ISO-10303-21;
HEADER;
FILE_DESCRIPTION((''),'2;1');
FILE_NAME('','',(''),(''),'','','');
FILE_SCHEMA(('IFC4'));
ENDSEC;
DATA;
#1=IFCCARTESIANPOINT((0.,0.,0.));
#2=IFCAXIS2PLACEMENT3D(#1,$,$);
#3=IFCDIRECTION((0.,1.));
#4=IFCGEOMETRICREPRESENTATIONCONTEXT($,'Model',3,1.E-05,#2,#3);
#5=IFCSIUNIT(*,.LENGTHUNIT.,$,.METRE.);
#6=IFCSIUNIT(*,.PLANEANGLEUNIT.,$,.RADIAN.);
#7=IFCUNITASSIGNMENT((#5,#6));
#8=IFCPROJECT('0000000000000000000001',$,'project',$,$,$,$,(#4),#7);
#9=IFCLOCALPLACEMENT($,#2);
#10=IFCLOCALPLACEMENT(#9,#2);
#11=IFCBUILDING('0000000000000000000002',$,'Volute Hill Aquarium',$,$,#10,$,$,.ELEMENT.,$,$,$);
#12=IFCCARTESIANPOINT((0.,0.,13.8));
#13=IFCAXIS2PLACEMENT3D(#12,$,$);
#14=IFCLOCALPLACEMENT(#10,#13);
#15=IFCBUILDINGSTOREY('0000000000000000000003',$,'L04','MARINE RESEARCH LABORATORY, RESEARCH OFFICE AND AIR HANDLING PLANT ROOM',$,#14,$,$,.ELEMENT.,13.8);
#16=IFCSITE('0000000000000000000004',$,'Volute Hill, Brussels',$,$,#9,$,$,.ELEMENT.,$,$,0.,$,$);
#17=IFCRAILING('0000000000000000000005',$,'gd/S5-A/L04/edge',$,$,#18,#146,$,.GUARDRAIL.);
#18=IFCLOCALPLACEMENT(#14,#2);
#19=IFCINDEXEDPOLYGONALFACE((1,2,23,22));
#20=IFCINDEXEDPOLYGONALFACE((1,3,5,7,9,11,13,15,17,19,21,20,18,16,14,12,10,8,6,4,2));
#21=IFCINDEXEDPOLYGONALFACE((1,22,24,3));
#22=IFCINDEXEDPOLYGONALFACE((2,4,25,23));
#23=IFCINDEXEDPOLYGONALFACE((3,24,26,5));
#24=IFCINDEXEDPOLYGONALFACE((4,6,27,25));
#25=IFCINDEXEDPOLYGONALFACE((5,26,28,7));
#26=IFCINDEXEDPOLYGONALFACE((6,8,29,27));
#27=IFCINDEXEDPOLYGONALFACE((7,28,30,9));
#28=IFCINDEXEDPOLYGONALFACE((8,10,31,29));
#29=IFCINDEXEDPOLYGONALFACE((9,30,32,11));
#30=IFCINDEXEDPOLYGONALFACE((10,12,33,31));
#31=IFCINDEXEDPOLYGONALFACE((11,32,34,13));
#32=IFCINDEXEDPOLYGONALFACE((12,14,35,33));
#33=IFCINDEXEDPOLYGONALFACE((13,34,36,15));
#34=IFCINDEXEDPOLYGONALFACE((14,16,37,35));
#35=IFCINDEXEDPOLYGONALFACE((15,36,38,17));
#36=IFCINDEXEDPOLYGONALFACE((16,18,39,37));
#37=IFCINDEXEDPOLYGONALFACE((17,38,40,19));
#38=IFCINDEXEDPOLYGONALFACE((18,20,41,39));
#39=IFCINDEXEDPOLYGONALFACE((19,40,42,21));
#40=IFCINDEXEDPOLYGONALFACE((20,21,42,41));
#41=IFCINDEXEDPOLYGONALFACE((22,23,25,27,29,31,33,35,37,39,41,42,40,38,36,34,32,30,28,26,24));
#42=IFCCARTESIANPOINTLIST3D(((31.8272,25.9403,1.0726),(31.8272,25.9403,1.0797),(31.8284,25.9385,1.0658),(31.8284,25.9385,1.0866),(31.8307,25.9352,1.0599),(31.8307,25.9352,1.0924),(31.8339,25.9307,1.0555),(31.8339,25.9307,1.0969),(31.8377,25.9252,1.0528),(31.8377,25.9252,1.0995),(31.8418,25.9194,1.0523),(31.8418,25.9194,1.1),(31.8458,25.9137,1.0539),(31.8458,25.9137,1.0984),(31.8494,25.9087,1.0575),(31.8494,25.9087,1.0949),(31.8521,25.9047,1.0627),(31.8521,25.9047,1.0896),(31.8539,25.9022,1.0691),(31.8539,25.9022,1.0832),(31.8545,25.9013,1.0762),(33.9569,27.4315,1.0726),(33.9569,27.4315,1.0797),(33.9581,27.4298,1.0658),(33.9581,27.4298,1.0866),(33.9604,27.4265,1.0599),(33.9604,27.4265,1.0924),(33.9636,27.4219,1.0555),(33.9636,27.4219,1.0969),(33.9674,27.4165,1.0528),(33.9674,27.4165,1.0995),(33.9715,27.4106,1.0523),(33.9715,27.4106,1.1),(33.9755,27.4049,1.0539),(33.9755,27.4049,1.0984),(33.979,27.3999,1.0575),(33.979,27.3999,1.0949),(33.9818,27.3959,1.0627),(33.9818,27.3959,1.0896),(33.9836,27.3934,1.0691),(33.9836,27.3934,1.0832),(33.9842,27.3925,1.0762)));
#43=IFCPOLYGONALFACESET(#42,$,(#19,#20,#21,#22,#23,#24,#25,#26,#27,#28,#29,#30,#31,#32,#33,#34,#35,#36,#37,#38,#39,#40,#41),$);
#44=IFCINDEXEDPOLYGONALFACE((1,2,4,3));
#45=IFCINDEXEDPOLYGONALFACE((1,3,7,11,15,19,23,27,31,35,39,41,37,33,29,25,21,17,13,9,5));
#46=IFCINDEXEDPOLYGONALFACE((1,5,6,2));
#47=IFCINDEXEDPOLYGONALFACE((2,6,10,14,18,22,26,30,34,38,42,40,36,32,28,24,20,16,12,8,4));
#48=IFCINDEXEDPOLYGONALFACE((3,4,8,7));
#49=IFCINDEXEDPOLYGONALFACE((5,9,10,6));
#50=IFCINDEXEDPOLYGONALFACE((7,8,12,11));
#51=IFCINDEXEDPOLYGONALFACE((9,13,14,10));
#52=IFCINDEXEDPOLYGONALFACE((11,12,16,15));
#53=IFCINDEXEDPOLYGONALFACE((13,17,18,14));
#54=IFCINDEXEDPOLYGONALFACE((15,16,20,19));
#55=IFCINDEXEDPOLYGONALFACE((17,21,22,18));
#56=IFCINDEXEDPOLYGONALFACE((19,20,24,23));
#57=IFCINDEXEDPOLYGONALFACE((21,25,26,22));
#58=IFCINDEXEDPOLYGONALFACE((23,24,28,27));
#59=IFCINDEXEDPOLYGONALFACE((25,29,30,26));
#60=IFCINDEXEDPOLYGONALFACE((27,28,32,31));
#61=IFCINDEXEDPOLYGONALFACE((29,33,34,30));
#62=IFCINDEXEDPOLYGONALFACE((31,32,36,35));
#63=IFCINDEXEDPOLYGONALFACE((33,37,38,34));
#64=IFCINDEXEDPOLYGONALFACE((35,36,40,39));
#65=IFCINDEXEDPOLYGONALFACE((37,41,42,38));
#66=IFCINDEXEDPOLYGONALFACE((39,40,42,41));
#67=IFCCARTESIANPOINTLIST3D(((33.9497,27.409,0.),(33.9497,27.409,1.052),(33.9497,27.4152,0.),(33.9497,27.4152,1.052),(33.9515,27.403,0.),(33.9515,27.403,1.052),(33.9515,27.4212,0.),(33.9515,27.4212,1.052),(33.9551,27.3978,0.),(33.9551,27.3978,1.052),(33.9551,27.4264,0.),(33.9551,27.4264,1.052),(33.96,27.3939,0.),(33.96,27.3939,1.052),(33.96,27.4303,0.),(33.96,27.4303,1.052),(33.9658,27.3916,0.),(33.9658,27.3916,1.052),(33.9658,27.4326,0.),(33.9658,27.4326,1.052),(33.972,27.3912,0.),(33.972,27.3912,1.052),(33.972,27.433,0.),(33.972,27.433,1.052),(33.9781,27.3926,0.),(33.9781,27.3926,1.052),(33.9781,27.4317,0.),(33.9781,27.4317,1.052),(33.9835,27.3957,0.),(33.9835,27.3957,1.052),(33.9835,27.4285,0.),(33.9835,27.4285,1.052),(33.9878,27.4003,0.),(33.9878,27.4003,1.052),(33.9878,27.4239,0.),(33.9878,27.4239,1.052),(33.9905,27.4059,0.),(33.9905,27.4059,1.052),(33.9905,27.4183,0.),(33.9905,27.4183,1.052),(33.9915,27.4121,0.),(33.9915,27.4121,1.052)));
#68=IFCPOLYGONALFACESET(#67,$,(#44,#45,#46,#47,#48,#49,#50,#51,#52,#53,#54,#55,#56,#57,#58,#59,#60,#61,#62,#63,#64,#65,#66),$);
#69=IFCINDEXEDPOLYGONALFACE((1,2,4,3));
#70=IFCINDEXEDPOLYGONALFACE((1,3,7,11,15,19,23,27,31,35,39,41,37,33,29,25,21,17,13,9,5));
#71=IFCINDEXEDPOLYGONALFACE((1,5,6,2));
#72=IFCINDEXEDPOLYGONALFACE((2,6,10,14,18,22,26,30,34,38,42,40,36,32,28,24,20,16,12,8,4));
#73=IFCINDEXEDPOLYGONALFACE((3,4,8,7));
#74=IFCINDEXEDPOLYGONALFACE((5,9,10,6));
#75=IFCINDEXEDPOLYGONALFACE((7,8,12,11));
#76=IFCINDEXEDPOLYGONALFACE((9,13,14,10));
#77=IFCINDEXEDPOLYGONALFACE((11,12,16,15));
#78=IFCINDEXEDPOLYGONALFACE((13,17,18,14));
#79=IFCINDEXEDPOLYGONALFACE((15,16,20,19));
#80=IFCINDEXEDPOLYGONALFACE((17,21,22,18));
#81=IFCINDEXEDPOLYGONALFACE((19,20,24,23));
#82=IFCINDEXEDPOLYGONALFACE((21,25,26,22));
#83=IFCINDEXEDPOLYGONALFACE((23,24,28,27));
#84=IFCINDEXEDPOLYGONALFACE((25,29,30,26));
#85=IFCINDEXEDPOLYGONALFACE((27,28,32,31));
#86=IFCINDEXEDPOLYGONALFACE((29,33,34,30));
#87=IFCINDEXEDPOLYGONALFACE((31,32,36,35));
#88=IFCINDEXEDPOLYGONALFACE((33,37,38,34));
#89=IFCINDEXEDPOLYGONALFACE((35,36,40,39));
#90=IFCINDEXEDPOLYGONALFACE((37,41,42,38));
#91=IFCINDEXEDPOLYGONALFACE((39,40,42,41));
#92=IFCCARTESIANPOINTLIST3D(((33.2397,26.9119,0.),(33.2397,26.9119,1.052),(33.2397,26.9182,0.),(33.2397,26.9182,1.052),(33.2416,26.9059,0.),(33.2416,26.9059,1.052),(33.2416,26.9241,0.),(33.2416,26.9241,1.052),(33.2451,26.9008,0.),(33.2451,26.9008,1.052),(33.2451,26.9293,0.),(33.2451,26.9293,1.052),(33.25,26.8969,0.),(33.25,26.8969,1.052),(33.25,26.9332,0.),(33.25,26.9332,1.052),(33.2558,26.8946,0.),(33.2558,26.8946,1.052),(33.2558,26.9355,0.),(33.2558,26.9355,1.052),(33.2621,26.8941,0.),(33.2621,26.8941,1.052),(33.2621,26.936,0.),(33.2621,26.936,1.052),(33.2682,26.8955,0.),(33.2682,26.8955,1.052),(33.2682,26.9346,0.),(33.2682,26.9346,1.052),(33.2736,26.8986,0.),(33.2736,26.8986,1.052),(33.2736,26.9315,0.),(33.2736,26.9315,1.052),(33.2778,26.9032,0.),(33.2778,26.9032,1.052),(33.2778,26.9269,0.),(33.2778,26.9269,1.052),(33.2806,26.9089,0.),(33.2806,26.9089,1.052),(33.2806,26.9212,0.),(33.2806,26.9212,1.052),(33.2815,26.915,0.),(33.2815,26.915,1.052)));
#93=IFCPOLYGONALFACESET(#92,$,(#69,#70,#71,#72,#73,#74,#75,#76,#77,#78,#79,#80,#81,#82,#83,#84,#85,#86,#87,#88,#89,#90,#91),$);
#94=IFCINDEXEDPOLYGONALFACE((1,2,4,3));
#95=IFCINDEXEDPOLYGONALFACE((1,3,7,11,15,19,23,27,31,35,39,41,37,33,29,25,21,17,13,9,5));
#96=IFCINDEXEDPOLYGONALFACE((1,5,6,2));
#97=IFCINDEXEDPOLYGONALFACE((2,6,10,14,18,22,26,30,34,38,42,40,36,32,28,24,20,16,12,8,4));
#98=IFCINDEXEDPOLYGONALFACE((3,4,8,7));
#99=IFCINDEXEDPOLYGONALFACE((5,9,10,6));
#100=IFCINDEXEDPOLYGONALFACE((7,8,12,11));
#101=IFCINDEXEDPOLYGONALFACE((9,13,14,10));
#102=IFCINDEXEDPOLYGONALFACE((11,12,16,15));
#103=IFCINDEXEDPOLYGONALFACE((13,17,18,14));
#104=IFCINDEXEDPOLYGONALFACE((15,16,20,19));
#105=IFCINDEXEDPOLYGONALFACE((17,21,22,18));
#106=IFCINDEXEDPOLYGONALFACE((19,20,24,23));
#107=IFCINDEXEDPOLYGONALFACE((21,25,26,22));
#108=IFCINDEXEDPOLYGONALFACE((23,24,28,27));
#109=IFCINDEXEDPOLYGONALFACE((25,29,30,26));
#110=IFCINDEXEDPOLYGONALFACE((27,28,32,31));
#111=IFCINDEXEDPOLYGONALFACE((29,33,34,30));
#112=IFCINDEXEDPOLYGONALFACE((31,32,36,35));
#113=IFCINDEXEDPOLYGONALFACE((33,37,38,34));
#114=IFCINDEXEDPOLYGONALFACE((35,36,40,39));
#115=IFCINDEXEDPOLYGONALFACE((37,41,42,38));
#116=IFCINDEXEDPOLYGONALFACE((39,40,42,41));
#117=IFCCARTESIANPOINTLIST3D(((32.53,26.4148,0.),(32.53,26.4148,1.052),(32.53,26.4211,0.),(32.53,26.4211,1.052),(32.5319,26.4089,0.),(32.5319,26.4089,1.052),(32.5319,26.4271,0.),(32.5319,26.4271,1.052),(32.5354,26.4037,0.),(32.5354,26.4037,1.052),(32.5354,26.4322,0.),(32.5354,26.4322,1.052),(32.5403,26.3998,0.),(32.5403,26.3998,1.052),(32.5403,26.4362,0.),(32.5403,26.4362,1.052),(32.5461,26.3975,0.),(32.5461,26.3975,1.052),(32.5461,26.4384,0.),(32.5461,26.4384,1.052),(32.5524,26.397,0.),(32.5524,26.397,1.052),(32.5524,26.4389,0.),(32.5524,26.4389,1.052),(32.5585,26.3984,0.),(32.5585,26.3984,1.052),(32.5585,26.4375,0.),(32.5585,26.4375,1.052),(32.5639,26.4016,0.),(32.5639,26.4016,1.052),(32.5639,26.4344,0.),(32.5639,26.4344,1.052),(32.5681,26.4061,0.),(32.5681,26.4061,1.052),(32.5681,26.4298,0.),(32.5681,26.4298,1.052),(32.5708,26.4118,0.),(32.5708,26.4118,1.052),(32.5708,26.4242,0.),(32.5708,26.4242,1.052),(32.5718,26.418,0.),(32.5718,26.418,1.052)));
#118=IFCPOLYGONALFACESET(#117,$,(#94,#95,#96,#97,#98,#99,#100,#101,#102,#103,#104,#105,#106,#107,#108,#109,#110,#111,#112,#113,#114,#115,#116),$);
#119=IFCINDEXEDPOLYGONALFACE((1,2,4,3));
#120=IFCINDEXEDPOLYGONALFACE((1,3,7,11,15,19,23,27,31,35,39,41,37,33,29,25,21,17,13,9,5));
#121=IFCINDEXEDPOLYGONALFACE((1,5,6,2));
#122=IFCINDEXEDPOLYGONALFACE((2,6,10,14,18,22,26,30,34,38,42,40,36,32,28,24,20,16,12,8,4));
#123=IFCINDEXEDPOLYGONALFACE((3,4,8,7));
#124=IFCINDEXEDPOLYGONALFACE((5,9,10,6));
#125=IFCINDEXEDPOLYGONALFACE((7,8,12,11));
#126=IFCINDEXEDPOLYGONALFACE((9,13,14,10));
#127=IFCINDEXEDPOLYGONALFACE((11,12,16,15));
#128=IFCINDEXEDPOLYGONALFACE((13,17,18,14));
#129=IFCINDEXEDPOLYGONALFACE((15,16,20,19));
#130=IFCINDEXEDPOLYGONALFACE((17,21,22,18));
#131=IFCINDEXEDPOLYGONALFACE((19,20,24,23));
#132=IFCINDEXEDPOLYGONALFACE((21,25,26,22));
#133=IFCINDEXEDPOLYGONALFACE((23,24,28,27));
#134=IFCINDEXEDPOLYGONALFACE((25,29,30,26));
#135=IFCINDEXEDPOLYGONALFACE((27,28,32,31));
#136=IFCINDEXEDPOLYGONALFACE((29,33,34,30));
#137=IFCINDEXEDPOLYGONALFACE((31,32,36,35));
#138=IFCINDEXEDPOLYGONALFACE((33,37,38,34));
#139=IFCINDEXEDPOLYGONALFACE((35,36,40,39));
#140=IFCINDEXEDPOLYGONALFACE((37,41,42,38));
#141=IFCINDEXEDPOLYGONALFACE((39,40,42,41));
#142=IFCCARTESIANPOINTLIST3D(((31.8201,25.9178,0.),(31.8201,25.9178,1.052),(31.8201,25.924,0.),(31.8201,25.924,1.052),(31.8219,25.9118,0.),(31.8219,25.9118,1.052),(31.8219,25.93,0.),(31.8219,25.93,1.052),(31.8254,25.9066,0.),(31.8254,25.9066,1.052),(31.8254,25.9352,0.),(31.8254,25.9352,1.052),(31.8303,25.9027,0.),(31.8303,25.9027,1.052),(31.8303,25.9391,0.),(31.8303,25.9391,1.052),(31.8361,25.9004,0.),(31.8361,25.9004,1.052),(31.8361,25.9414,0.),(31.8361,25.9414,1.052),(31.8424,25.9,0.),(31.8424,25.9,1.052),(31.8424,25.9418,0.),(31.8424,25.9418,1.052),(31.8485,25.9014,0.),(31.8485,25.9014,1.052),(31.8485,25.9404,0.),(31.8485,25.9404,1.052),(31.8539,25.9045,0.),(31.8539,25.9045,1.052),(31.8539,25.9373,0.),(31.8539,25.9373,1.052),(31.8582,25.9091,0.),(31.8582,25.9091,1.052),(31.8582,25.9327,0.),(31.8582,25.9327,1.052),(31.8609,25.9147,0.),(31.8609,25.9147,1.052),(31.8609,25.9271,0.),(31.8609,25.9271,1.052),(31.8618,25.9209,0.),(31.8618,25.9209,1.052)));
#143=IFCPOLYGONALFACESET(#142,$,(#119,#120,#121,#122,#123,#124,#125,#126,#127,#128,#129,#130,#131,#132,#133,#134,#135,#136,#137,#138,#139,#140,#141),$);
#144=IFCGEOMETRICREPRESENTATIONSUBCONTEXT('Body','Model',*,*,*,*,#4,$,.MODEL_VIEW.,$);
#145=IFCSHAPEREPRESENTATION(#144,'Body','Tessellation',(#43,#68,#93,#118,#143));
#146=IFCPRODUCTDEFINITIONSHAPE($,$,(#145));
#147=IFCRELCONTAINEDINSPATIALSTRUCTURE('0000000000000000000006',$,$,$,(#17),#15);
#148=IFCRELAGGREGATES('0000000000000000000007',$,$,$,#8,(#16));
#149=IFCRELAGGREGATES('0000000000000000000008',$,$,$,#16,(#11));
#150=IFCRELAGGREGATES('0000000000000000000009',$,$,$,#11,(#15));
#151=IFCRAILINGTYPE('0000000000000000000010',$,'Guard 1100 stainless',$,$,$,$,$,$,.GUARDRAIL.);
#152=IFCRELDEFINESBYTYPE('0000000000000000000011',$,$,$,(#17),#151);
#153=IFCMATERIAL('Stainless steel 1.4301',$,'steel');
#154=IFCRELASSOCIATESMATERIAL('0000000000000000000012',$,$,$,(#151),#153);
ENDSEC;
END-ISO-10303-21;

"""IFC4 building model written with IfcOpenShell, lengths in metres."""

from ifc_helpers import new_model, si_unit, direction, frame, origin, origin_2d, place, context, subcontext, project, spatial, circle, extrude, material, type_object, element, save


model = new_model("IFC4")

# Units and contexts
model_context = context("Model", 3, precision=1e-05, world=origin(), true_north=direction((0.0, 1.0)))
body_context = subcontext(model_context, "Body", "Model", "MODEL_VIEW")
ifc_project = project(units=[si_unit("LENGTHUNIT", "METRE"), si_unit("PLANEANGLEUNIT", "RADIAN")], contexts=[model_context])

# Site, building, storey
site_placement = place(None, origin())
site = spatial("IfcSite", under=ifc_project, at=site_placement, Name="Volute Hill, Brussels", CompositionType="ELEMENT", RefElevation=0.0)
building_placement = place(site_placement, origin())
building = spatial("IfcBuilding", under=site, at=building_placement, Name="Volute Hill Aquarium", CompositionType="ELEMENT")
storey_placement = place(building_placement, frame((0.0, 0.0, 13.8)))
storey = spatial("IfcBuildingStorey", under=building, at=storey_placement, Name="L04", Description="MARINE RESEARCH LABORATORY, RESEARCH OFFICE AND AIR HANDLING PLANT ROOM", CompositionType="ELEMENT", Elevation=13.8)

# Railing
ifc_material_1 = material(Name="Stainless steel 1.4301", Category="steel")
railing_type_1 = type_object("IfcRailingType", Name="Guard 1100 stainless", PredefinedType="GUARDRAIL", material=ifc_material_1)
for number, where, name in (
    (1, (33.9705, 27.4121, 0.0), "gd/S5-A/L04/edge"),
):
    element("IfcRailing", number, at=place(storey_placement, frame(where)), inside=storey, type_object=railing_type_1, Name=name, PredefinedType="GUARDRAIL", context=body_context, shape_type="SweptSolid", body=[
        extrude(circle(Radius=0.0239, at=origin_2d()), frame((0.0, 0.0, 1.0762), z_axis=(-0.819148, -0.573582, 0.0), x_axis=(0.573582, -0.819148, 0.0)), (0.0, 0.0, 1.0), 2.5999),
        extrude(circle(Radius=0.021, at=origin_2d()), origin(), (0.0, 0.0, 1.0), 1.052),
        extrude(circle(Radius=0.021, at=origin_2d()), frame((-0.71, -0.4971, 0.0)), (0.0, 0.0, 1.0), 1.052),
        extrude(circle(Radius=0.021, at=origin_2d()), frame((-1.4197, -0.9941, 0.0)), (0.0, 0.0, 1.0), 1.052),
        extrude(circle(Radius=0.021, at=origin_2d()), frame((-2.1296, -1.4912, 0.0)), (0.0, 0.0, 1.0), 1.052),
    ])

save(model, "model.ifc")
